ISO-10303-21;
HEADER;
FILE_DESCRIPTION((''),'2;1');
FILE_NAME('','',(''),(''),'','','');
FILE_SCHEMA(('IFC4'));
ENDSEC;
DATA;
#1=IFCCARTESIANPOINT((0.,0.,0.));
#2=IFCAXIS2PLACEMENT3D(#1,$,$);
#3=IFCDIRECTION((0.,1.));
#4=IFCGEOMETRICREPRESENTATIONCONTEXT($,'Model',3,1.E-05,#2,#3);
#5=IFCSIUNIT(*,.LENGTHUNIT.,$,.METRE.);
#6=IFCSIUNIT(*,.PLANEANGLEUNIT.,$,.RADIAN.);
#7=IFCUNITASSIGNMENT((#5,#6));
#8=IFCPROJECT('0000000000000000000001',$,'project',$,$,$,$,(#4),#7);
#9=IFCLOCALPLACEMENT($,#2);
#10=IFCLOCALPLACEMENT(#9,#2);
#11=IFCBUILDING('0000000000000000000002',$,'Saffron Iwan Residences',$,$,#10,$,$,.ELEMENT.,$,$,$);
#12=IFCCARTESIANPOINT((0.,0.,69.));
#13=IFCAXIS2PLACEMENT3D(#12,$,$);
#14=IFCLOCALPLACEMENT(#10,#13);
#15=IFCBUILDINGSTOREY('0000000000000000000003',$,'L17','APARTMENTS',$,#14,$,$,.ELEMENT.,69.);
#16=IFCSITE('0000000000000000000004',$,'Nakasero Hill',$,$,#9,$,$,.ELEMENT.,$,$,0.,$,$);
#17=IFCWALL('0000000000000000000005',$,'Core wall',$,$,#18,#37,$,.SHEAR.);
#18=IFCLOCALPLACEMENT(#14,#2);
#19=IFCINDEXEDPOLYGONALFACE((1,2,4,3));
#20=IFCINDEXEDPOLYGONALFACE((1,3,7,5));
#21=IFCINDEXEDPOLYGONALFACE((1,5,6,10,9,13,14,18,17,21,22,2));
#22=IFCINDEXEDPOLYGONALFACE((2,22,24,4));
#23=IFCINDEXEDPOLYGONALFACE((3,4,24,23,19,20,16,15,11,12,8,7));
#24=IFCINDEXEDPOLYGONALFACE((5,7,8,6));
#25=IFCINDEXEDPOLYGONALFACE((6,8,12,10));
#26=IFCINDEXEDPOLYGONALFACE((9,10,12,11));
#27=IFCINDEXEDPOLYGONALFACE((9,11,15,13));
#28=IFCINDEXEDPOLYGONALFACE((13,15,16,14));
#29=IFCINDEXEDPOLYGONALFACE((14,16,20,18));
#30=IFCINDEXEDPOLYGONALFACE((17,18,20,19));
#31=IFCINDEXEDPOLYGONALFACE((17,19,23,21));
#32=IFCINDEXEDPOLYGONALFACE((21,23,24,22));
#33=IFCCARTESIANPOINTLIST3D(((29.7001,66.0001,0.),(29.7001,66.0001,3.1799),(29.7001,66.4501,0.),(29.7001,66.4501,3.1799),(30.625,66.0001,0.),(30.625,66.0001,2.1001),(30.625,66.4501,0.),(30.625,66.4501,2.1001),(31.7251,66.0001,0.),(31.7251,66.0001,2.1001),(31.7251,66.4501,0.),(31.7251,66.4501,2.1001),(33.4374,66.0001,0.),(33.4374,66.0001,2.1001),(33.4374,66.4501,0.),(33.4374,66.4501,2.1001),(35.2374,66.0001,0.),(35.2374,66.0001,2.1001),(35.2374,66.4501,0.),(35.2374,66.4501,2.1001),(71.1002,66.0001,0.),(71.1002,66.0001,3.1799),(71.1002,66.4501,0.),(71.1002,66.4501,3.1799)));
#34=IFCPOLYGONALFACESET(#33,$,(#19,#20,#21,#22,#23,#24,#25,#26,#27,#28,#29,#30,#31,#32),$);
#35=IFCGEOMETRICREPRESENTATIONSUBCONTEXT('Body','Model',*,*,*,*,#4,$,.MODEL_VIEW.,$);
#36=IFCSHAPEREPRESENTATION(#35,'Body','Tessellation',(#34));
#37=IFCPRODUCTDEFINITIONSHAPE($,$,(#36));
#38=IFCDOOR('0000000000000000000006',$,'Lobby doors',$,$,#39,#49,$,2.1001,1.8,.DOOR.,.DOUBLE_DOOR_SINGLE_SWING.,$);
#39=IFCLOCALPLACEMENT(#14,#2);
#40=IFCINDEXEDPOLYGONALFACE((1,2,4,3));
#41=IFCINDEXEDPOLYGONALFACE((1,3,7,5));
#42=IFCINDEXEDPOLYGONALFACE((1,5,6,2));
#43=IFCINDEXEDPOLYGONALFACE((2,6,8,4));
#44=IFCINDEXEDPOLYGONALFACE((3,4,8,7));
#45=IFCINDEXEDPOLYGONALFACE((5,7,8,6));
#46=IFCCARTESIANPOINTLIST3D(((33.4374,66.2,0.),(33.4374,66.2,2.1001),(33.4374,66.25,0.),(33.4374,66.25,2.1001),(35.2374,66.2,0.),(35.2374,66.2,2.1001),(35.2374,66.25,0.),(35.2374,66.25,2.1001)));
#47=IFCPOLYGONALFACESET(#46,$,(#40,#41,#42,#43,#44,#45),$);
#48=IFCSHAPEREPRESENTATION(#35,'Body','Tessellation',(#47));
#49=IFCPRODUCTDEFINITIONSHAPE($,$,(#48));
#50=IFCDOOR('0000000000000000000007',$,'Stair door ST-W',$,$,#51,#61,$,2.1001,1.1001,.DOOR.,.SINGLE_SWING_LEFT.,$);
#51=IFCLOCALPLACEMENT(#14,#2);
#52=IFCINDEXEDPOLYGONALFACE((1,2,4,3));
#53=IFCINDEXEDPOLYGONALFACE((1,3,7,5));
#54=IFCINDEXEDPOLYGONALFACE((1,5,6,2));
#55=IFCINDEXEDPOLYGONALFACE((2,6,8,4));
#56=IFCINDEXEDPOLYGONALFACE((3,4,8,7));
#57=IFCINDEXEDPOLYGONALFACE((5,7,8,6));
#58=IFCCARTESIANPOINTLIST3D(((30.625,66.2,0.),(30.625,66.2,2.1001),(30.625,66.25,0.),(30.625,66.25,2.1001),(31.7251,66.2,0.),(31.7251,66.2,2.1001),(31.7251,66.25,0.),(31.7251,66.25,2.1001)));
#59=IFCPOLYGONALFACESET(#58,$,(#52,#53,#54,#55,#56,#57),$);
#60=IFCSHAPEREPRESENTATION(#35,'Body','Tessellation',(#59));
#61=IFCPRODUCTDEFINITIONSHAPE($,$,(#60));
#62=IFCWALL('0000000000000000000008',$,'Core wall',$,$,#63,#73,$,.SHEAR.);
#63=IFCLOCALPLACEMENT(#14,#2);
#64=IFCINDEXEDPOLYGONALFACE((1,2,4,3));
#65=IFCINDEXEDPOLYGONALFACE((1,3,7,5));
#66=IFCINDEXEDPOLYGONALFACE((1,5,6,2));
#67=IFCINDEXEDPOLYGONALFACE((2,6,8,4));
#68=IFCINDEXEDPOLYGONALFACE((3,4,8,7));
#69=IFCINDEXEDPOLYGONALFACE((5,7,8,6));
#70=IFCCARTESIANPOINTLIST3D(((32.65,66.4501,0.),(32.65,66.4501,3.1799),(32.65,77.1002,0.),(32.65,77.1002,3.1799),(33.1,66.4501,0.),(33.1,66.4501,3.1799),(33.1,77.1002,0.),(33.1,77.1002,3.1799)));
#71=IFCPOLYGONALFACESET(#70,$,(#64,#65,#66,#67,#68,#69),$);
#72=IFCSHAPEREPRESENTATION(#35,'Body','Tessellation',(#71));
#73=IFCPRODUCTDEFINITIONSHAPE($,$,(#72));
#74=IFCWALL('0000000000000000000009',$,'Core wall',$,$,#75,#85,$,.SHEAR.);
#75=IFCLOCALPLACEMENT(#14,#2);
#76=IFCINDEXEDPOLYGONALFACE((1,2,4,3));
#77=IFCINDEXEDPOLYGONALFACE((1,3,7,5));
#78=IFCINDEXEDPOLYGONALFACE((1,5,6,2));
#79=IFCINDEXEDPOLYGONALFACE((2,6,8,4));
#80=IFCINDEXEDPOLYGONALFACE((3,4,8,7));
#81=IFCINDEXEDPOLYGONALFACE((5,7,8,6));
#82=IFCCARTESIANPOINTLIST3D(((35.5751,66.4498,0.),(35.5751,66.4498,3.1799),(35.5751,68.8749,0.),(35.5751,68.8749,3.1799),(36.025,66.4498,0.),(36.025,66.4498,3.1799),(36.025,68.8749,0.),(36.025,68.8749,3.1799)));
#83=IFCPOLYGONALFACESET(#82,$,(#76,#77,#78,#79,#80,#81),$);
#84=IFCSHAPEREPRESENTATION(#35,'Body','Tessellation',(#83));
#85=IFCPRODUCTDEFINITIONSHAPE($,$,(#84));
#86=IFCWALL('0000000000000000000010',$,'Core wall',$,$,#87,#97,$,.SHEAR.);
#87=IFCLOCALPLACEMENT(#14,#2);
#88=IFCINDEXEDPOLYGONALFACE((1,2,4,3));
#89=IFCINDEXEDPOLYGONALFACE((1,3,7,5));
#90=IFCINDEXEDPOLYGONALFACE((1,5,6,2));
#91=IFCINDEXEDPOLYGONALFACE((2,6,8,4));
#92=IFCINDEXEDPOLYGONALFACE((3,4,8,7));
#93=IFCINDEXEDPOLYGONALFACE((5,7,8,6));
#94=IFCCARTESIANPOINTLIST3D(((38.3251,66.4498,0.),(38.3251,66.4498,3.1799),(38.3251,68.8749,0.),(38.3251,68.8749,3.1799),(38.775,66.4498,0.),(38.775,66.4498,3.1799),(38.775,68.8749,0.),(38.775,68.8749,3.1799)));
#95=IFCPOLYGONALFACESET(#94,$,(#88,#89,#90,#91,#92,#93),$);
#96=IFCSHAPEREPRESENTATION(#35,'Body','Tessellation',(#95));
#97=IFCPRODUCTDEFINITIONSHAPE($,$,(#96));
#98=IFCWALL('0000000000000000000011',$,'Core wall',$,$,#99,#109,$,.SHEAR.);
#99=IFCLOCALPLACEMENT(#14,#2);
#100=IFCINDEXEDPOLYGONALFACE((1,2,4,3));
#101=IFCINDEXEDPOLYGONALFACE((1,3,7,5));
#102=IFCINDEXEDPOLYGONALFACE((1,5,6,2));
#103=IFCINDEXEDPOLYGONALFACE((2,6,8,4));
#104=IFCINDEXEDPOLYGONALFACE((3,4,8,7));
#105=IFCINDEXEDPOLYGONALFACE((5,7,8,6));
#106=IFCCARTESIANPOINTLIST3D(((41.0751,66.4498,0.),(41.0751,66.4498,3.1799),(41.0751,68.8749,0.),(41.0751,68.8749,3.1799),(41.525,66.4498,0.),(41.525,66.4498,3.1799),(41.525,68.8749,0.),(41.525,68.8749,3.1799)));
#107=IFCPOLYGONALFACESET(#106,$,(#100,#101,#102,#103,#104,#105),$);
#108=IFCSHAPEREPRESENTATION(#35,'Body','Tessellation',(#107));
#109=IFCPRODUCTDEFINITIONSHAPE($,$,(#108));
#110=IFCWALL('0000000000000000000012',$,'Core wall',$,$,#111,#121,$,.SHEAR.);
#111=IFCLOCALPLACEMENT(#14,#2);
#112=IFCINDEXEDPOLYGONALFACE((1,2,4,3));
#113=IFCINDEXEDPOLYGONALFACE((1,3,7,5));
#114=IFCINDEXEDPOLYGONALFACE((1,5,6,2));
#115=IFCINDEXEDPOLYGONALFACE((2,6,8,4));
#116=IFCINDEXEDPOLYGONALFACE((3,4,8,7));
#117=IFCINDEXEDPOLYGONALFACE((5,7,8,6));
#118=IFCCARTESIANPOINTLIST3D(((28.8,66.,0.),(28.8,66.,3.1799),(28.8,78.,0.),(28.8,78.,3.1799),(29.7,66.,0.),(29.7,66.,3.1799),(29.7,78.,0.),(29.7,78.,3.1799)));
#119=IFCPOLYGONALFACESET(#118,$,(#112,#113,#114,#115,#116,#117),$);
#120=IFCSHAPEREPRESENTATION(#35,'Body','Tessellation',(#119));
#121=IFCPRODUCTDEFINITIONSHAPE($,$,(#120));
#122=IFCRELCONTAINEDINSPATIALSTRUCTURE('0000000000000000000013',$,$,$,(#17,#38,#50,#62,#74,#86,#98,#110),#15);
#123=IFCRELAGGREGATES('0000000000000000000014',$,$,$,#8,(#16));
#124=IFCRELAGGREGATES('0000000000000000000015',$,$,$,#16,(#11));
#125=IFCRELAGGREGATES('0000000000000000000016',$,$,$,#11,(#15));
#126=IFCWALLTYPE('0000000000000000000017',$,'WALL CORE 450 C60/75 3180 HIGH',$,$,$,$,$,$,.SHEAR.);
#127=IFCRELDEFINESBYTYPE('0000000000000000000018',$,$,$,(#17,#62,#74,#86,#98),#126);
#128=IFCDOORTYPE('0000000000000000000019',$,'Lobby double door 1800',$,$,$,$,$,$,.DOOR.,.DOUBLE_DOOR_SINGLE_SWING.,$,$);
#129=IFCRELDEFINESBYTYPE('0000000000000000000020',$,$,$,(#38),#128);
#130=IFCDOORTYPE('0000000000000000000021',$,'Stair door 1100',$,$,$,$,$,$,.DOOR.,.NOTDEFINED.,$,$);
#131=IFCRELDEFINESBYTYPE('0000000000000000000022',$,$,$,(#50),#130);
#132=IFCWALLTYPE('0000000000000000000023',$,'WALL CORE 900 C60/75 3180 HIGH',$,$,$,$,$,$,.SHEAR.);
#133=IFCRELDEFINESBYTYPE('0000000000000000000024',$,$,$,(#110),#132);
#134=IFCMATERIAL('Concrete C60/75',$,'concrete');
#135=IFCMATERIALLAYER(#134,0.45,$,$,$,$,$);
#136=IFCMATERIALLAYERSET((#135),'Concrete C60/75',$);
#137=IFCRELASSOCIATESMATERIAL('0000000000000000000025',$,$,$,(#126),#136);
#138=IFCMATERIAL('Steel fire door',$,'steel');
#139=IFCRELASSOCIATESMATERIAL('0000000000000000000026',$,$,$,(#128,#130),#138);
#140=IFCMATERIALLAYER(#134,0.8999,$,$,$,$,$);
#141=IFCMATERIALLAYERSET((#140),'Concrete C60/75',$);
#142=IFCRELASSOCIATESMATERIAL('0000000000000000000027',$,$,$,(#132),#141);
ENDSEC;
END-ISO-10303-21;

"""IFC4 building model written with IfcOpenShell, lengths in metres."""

from ifc_helpers import new_model, si_unit, direction, frame, frame_2d, origin, place, context, subcontext, project, spatial, rectangle, extrude, material, layer, layer_set, type_object, element, fill, save


model = new_model("IFC4")

# Units and contexts
model_context = context("Model", 3, precision=1e-05, world=origin(), true_north=direction((0.0, 1.0)))
body_context = subcontext(model_context, "Body", "Model", "MODEL_VIEW")
ifc_project = project(units=[si_unit("LENGTHUNIT", "METRE"), si_unit("PLANEANGLEUNIT", "RADIAN")], contexts=[model_context])

# Site, building, storey
site_placement = place(None, origin())
site = spatial("IfcSite", under=ifc_project, at=site_placement, Name="Nakasero Hill", CompositionType="ELEMENT", RefElevation=0.0)
building_placement = place(site_placement, origin())
building = spatial("IfcBuilding", under=site, at=building_placement, Name="Saffron Iwan Residences", CompositionType="ELEMENT")
storey_placement = place(building_placement, frame((0.0, 0.0, 69.0)))
storey = spatial("IfcBuildingStorey", under=building, at=storey_placement, Name="L17", Description="APARTMENTS", CompositionType="ELEMENT", Elevation=69.0)

# Shared definitions
ifc_material_1 = material(Name="Concrete C60/75", Category="concrete")

# Wall, openings, doors
ifc_layer_1 = layer(ifc_material_1, 0.45)
ifc_layer_set_1 = layer_set([ifc_layer_1], Name="Concrete C60/75")
wall_type_1 = type_object("IfcWallType", Name="WALL CORE 450 C60/75 3180 HIGH", PredefinedType="SHEAR", material=ifc_layer_set_1)
wall_1_placement = place(storey_placement, frame((29.7, 66.2251, 0.0), z_axis=(0.0, 0.0, 1.0), x_axis=(1.0, 0.0, 0.0)))
wall_1 = element("IfcWall", 1, at=wall_1_placement, inside=storey, type_object=wall_type_1, Name="Core wall", PredefinedType="SHEAR", context=body_context, shape_type="SweptSolid", body=[
    extrude(rectangle(XDim=41.4001, YDim=0.45, at=frame_2d((20.7002, 0.0))), origin(), (0.0, 0.0, 1.0), 3.1799),
])
opening_1_placement = place(wall_1_placement, frame((0.925, 0.0, 0.0)))
opening_1 = element("IfcOpeningElement", 2, at=opening_1_placement, cuts=wall_1, PredefinedType="OPENING", context=body_context, shape_type="SweptSolid", body=[
    extrude(rectangle(XDim=1.1001, YDim=2.1001, at=frame_2d((0.55, 1.05))), frame((0.0, 0.2349, 0.0), z_axis=(0.0, -1.0, 0.0), x_axis=(1.0, 0.0, 0.0)), (0.0, 0.0, 1.0), 0.47),
])
opening_2_placement = place(wall_1_placement, frame((3.7375, 0.0, 0.0)))
opening_2 = element("IfcOpeningElement", 3, at=opening_2_placement, cuts=wall_1, PredefinedType="OPENING", context=body_context, shape_type="SweptSolid", body=[
    extrude(rectangle(XDim=1.8, YDim=2.1001, at=frame_2d((0.8999, 1.05))), frame((0.0, 0.2349, 0.0), z_axis=(0.0, -1.0, 0.0), x_axis=(1.0, 0.0, 0.0)), (0.0, 0.0, 1.0), 0.47),
])
ifc_material_2 = material(Name="Steel fire door", Category="steel")
door_type_1 = type_object("IfcDoorType", Name="Lobby double door 1800", OperationType="DOUBLE_DOOR_SINGLE_SWING", PredefinedType="DOOR", material=ifc_material_2)
door_1_placement = place(opening_2_placement, origin())
door_1 = element("IfcDoor", 4, at=door_1_placement, inside=storey, type_object=door_type_1, Name="Lobby doors", OperationType="DOUBLE_DOOR_SINGLE_SWING", OverallHeight=2.1001, OverallWidth=1.8, PredefinedType="DOOR", context=body_context, shape_type="SweptSolid", body=[
    extrude(rectangle(XDim=1.8, YDim=2.1001, at=frame_2d((0.8999, 1.05))), frame((0.0, 0.0249, 0.0), z_axis=(0.0, -1.0, 0.0), x_axis=(1.0, 0.0, 0.0)), (0.0, 0.0, 1.0), 0.05),
])
fill(opening_2, door_1)
door_type_2 = type_object("IfcDoorType", Name="Stair door 1100", OperationType="NOTDEFINED", PredefinedType="DOOR", material=ifc_material_2)
door_2_placement = place(opening_1_placement, origin())
door_2 = element("IfcDoor", 5, at=door_2_placement, inside=storey, type_object=door_type_2, Name="Stair door ST-W", OperationType="SINGLE_SWING_LEFT", OverallHeight=2.1001, OverallWidth=1.1001, PredefinedType="DOOR", context=body_context, shape_type="SweptSolid", body=[
    extrude(rectangle(XDim=1.1001, YDim=2.1001, at=frame_2d((0.55, 1.05))), frame((0.0, 0.0249, 0.0), z_axis=(0.0, -1.0, 0.0), x_axis=(1.0, 0.0, 0.0)), (0.0, 0.0, 1.0), 0.05),
])
fill(opening_1, door_2)

# Walls
wall_2_placement = place(storey_placement, frame((32.875, 66.45, 0.0), z_axis=(0.0, 0.0, 1.0), x_axis=(0.0, 1.0, 0.0)))
element("IfcWall", 6, at=wall_2_placement, inside=storey, type_object=wall_type_1, Name="Core wall", PredefinedType="SHEAR", context=body_context, shape_type="SweptSolid", body=[
    extrude(rectangle(XDim=10.6501, YDim=0.45, at=frame_2d((5.3252, 0.0))), origin(), (0.0, 0.0, 1.0), 3.1799),
])
for number, where, z_axis, x_axis, name in (
    (7, (35.8, 66.45, 0.0), (0.0, 0.0, 1.0), (0.0, 1.0, 0.0), "Core wall"),
    (8, (38.55, 66.45, 0.0), (0.0, 0.0, 1.0), (0.0, 1.0, 0.0), "Core wall"),
    (9, (41.3, 66.45, 0.0), (0.0, 0.0, 1.0), (0.0, 1.0, 0.0), "Core wall"),
):
    element("IfcWall", number, at=place(storey_placement, frame(where, z_axis=z_axis, x_axis=x_axis)), inside=storey, type_object=wall_type_1, Name=name, PredefinedType="SHEAR", context=body_context, shape_type="SweptSolid", body=[
        extrude(rectangle(XDim=2.425, YDim=0.45, at=frame_2d((1.2124, 0.0))), origin(), (0.0, 0.0, 1.0), 3.1799),
    ])
ifc_layer_2 = layer(ifc_material_1, 0.8999)
ifc_layer_set_2 = layer_set([ifc_layer_2], Name="Concrete C60/75")
wall_type_2 = type_object("IfcWallType", Name="WALL CORE 900 C60/75 3180 HIGH", PredefinedType="SHEAR", material=ifc_layer_set_2)
wall_3_placement = place(storey_placement, frame((29.25, 66.0, 0.0), z_axis=(0.0, 0.0, 1.0), x_axis=(0.0, 1.0, 0.0)))
element("IfcWall", 10, at=wall_3_placement, inside=storey, type_object=wall_type_2, Name="Core wall", PredefinedType="SHEAR", context=body_context, shape_type="SweptSolid", body=[
    extrude(rectangle(XDim=12.0, YDim=0.8999, at=frame_2d((6.0, 0.0))), origin(), (0.0, 0.0, 1.0), 3.1799),
])

save(model, "model.ifc")
